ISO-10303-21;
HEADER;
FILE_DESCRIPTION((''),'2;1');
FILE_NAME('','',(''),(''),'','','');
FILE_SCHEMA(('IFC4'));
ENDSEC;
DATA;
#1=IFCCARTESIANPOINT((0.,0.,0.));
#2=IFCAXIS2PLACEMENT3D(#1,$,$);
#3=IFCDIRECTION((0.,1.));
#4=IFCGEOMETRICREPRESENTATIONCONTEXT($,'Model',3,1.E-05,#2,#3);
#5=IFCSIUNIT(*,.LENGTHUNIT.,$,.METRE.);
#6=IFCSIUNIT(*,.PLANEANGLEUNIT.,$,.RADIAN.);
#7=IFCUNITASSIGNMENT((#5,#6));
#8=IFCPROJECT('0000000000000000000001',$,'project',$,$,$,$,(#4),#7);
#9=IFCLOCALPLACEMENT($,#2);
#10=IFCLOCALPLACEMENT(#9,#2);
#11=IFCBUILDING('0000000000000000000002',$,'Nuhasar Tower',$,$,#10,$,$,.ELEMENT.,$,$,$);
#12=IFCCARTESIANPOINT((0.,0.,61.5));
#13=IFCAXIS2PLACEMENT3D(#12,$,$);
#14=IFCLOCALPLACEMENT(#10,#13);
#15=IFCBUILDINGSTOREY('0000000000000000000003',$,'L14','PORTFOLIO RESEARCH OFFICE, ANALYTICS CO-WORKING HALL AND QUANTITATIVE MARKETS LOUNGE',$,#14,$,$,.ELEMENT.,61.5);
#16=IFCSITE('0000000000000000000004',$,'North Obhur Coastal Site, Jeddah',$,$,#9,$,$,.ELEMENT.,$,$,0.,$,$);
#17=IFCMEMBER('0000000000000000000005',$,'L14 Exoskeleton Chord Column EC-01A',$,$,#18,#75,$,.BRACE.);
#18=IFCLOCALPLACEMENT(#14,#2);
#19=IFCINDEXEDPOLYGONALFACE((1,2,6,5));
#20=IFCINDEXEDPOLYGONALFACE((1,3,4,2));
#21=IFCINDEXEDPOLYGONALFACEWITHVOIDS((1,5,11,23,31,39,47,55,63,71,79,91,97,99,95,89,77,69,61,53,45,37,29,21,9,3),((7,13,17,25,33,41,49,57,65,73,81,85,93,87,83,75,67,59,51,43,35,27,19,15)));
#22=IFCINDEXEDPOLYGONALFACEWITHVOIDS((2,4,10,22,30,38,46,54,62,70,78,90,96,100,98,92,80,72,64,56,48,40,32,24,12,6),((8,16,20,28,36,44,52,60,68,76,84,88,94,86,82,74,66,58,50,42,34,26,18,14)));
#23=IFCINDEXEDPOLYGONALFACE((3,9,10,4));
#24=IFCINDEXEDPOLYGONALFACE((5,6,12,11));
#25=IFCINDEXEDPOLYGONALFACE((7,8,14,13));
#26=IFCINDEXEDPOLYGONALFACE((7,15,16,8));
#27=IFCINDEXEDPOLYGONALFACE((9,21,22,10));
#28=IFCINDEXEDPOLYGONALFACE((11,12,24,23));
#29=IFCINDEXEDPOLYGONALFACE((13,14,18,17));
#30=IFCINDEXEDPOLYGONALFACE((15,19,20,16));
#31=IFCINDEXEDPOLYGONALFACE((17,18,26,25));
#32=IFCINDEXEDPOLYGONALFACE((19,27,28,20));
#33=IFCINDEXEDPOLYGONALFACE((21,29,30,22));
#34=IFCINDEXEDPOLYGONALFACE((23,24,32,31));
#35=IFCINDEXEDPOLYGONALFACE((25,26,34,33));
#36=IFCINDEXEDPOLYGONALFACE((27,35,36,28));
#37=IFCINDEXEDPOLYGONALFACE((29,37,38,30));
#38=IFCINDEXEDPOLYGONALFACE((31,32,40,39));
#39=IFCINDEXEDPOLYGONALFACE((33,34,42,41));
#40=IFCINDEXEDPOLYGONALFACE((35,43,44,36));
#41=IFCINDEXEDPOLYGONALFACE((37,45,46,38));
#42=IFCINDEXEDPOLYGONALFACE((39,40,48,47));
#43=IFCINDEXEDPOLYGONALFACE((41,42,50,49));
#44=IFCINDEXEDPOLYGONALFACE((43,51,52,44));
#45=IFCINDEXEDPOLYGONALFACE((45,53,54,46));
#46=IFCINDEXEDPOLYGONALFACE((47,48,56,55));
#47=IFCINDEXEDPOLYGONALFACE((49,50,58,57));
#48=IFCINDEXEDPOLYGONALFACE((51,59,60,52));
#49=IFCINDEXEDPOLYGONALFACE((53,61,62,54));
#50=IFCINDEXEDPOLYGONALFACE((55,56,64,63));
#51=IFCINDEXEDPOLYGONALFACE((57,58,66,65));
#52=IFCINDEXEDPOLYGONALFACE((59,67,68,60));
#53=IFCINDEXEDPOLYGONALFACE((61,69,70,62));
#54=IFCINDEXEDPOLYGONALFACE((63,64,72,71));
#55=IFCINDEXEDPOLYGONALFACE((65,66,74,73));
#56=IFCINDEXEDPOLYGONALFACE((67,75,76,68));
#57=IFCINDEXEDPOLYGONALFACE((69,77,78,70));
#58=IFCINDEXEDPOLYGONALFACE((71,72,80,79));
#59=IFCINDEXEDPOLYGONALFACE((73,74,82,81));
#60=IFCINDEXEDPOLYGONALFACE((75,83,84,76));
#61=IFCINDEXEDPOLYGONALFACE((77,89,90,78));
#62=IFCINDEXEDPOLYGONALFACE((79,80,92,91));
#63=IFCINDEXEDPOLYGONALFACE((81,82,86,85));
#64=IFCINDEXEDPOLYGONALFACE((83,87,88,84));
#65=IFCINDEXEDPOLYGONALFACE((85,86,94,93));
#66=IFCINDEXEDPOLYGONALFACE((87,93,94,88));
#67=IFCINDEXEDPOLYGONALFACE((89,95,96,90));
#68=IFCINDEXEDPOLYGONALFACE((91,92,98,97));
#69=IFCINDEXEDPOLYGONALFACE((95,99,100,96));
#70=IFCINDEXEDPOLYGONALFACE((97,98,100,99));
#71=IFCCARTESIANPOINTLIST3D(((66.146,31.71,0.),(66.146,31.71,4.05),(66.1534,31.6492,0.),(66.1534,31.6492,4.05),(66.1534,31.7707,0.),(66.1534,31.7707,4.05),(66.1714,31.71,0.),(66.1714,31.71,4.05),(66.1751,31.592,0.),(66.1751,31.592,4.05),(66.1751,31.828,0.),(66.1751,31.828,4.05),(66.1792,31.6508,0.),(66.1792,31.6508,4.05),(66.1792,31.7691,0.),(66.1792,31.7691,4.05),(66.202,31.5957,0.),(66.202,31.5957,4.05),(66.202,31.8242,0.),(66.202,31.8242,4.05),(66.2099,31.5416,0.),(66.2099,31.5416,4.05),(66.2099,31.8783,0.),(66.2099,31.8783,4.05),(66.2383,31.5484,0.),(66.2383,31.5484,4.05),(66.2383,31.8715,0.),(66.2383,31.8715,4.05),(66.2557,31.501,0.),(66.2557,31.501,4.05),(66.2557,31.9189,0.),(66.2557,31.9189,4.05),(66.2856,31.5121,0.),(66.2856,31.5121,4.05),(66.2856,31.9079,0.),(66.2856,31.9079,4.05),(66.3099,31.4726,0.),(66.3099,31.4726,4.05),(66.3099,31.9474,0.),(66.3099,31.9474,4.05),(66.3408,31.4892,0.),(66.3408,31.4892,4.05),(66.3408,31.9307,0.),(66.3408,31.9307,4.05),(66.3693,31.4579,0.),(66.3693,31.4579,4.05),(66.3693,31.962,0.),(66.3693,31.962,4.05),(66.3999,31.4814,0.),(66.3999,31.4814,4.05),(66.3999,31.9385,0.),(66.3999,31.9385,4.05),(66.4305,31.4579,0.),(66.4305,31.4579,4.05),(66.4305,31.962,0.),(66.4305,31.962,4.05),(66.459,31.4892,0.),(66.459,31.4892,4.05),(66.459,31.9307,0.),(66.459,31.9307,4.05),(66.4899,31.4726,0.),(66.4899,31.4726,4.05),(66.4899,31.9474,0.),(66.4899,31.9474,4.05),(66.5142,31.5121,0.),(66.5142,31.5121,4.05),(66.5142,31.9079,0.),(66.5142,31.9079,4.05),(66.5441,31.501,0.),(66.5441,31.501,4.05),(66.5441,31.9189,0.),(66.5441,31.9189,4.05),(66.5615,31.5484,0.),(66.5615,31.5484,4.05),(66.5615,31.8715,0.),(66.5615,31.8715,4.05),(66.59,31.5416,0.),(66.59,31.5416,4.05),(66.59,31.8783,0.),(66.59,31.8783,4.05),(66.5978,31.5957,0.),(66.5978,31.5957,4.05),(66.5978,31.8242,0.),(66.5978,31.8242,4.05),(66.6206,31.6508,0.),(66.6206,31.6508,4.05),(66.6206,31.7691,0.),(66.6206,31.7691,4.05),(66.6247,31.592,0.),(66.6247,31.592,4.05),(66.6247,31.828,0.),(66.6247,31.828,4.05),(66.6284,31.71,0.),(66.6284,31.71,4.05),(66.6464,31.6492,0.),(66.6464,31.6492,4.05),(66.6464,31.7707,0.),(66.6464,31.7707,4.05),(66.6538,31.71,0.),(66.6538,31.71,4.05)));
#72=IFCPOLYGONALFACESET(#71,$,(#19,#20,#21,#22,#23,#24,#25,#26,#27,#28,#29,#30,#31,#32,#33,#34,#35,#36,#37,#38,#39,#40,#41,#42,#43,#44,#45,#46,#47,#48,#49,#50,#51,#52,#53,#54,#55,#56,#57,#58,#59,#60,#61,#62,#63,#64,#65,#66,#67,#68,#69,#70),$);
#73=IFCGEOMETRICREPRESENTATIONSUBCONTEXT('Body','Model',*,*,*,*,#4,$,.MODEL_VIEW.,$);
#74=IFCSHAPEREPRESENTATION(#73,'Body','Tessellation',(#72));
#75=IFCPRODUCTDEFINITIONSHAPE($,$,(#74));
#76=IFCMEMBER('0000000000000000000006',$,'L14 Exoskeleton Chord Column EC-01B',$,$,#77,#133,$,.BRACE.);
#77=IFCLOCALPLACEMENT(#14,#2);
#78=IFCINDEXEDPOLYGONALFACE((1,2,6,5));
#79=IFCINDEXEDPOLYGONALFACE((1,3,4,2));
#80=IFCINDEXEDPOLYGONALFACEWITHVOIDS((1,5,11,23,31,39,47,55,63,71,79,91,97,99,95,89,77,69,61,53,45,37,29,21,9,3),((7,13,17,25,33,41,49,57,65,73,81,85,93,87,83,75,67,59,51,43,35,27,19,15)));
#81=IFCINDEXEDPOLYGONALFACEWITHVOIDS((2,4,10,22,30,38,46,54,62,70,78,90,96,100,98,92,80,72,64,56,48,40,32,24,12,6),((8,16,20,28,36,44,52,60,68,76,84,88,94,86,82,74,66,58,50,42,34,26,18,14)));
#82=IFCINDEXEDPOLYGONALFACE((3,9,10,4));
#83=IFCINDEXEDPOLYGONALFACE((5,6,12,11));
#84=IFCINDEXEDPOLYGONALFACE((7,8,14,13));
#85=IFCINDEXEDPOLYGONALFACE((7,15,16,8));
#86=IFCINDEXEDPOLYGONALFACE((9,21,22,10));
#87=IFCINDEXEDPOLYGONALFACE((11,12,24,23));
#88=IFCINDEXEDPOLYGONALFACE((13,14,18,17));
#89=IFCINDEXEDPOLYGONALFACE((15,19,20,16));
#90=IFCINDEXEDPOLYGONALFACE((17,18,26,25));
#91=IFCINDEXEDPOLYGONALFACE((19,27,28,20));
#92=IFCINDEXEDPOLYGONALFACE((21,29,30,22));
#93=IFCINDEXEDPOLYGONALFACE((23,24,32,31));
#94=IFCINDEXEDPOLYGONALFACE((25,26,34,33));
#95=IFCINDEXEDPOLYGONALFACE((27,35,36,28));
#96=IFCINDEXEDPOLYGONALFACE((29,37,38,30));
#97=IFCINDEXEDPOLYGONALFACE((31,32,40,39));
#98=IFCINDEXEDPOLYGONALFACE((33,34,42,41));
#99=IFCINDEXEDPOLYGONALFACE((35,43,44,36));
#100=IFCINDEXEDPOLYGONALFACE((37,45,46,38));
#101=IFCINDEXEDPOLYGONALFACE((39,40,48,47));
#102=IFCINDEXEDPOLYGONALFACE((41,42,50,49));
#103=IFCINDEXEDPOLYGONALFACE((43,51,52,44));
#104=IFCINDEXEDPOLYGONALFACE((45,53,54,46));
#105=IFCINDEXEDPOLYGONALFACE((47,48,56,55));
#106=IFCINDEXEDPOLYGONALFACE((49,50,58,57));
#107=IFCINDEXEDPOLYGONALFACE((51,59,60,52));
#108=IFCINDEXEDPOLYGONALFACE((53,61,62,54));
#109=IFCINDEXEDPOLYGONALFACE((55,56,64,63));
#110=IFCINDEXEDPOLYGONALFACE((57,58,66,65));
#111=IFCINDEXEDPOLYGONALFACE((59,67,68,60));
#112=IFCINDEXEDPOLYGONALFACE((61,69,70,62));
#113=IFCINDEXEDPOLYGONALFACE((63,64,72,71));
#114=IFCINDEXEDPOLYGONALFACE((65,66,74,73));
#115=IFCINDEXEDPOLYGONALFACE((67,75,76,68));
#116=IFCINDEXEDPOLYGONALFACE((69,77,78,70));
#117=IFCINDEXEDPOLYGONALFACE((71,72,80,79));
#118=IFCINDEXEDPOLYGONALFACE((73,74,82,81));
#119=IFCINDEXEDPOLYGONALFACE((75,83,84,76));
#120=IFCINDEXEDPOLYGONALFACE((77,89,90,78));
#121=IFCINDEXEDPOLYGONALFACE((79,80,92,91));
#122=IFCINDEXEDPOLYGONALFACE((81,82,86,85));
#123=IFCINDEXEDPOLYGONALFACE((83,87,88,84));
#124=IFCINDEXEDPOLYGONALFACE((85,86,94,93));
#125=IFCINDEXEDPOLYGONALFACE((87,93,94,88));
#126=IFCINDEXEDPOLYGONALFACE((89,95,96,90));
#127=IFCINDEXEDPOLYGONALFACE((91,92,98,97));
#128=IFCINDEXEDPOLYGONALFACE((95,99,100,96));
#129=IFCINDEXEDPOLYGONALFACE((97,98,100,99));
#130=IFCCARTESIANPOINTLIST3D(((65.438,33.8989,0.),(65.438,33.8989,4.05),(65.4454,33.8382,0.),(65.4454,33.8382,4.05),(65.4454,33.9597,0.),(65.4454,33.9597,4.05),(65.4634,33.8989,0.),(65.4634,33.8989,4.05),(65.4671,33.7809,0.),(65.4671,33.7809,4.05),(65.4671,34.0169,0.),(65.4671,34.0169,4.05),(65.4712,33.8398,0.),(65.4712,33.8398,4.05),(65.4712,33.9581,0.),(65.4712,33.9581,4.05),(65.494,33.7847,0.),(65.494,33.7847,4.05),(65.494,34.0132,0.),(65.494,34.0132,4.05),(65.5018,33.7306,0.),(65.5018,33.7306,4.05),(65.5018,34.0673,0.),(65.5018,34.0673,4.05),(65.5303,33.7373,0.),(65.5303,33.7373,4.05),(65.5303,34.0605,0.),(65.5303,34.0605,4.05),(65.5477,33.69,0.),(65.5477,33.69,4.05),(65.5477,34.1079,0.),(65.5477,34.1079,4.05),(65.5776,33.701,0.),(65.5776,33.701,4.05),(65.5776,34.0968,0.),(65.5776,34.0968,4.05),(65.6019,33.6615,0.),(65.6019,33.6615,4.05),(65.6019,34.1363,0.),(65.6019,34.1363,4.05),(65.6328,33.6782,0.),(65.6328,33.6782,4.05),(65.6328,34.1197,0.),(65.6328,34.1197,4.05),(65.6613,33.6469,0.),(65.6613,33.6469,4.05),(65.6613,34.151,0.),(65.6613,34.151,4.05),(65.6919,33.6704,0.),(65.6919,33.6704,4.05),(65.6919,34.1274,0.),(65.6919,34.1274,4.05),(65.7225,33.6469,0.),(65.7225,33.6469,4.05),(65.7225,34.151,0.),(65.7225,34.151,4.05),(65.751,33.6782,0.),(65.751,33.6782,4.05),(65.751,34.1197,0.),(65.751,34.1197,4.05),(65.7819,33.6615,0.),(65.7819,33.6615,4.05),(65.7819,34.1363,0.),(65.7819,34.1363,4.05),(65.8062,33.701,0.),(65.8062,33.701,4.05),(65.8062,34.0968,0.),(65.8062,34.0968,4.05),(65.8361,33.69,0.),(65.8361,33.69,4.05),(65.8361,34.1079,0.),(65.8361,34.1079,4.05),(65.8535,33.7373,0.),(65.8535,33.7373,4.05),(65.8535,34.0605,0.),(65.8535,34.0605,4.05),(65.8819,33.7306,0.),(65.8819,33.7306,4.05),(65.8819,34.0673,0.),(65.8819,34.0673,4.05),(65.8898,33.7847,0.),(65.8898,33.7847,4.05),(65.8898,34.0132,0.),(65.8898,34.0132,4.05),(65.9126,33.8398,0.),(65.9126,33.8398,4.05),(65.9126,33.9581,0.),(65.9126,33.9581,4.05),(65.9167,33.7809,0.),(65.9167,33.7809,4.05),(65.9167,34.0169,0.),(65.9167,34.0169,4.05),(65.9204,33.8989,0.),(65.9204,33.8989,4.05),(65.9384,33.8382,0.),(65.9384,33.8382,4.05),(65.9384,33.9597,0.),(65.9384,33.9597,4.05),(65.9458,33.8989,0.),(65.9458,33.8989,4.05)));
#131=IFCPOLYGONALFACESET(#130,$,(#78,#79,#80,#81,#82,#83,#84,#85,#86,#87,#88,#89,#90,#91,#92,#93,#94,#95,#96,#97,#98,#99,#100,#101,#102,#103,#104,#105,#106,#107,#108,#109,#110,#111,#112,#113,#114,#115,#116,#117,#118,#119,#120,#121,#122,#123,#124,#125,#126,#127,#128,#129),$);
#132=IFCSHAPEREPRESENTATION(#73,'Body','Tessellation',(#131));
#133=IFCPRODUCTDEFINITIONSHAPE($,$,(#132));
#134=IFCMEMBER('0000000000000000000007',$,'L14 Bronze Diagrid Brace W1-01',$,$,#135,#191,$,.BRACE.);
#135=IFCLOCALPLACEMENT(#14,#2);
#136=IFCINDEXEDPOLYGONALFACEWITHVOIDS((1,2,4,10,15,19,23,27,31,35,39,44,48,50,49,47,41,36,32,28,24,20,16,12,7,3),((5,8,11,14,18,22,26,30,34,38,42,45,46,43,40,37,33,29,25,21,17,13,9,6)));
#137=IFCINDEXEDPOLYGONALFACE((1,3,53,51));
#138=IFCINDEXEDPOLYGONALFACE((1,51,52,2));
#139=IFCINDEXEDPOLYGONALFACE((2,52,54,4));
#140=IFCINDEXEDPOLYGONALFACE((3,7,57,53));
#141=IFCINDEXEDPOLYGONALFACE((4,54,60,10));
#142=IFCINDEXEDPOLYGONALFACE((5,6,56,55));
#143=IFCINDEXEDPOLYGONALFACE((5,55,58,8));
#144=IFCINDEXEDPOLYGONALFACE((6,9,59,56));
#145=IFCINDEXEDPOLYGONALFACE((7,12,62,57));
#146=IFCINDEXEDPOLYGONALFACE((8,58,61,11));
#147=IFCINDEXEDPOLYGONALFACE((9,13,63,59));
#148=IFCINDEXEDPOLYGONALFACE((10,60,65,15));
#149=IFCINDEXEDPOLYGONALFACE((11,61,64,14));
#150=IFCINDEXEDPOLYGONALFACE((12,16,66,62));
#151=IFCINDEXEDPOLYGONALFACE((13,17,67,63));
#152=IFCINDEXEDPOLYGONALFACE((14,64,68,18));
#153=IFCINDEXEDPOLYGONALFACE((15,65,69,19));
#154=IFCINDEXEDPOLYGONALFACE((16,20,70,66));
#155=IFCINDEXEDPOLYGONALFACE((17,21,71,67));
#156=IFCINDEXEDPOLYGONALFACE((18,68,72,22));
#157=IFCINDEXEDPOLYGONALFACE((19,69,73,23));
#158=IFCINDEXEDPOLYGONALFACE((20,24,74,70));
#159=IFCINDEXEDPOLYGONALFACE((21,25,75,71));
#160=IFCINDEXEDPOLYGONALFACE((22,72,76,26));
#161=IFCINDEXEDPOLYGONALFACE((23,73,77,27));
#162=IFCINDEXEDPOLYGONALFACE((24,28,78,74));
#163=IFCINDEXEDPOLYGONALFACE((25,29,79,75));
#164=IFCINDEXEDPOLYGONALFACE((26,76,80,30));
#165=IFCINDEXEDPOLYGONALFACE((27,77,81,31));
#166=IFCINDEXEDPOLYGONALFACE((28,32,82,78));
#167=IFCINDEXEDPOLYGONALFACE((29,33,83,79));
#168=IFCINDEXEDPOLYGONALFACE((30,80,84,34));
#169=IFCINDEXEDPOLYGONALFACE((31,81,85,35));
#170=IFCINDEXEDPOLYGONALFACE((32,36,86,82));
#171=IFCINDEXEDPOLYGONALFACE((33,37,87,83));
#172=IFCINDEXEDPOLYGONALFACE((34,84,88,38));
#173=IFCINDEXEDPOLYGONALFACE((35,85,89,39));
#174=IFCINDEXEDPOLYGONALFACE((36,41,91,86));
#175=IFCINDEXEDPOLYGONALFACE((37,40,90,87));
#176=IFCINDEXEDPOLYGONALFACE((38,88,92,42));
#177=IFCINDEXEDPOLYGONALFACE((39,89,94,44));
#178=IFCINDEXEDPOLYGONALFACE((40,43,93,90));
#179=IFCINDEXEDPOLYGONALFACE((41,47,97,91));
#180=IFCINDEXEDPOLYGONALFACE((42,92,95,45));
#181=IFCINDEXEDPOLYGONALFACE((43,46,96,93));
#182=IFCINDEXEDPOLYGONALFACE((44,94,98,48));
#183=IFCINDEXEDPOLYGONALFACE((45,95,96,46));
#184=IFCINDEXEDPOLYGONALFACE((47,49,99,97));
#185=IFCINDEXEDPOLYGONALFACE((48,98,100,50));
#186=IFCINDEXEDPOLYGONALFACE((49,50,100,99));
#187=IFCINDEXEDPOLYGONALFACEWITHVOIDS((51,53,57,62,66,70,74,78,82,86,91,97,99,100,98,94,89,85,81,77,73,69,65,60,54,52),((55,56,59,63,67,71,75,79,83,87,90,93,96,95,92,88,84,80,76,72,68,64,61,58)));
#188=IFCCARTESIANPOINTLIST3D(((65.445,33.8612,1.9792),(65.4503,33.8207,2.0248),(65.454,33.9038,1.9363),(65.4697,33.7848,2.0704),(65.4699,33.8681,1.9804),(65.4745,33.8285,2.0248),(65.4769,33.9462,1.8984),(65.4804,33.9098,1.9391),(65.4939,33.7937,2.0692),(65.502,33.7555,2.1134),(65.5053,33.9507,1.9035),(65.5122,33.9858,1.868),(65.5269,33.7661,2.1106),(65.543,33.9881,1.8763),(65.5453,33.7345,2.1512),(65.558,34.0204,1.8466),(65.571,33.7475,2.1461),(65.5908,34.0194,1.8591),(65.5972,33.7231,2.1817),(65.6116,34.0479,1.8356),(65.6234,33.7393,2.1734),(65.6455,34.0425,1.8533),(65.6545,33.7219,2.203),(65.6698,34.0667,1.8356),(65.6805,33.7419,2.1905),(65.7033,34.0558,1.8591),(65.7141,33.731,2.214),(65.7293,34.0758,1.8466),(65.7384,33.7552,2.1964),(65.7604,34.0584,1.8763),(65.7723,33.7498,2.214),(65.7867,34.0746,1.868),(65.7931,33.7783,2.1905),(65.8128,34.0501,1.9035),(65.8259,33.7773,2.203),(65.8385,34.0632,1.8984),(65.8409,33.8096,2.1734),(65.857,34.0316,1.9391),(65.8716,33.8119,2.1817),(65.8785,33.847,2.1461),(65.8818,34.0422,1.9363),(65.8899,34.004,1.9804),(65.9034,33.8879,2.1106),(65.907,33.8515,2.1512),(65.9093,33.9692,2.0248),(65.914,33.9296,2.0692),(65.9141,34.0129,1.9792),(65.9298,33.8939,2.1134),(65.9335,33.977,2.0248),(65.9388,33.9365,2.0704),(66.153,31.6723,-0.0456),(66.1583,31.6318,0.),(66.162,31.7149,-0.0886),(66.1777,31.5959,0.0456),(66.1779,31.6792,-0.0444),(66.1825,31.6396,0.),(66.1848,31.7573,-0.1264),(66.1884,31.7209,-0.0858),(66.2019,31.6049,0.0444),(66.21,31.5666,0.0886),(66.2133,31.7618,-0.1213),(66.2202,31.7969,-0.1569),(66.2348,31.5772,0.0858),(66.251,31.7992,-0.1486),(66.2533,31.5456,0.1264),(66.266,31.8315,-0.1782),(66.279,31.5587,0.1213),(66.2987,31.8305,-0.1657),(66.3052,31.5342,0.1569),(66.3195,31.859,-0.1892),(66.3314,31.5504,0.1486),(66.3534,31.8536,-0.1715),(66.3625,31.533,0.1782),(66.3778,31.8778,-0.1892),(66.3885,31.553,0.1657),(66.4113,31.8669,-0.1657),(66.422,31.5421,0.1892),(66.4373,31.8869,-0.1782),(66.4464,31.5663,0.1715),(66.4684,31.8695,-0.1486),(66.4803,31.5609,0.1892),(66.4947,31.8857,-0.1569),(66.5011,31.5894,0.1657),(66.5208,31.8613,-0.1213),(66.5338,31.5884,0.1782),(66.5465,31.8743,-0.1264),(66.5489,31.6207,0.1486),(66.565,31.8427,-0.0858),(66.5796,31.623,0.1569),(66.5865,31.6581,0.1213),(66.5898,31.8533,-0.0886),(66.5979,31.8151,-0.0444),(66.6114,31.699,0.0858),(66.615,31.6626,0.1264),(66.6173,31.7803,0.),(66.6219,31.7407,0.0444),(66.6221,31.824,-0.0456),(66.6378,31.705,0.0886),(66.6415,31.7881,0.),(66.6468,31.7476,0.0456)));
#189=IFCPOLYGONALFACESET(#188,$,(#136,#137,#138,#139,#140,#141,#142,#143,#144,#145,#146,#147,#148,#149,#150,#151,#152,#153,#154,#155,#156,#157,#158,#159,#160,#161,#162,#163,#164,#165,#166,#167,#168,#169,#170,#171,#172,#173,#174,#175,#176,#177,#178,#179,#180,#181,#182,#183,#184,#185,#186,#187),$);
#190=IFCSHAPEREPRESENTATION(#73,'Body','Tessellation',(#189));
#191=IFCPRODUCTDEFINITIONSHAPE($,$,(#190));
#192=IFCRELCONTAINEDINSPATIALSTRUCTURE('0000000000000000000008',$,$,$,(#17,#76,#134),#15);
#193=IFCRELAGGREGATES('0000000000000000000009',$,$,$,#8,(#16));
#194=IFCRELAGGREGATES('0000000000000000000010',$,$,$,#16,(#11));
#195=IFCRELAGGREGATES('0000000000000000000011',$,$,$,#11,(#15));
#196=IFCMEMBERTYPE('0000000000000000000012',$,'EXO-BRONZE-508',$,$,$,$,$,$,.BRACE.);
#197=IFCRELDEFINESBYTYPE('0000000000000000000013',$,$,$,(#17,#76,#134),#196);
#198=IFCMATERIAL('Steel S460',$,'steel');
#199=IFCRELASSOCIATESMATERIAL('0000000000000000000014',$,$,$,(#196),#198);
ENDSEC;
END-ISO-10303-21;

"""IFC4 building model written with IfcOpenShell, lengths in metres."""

from ifc_helpers import new_model, si_unit, direction, frame, origin, origin_2d, place, context, subcontext, project, spatial, hollow_circle, extrude, material, material_profile, profile_set, type_object, element, save


model = new_model("IFC4")

# Units and contexts
model_context = context("Model", 3, precision=1e-05, world=origin(), true_north=direction((0.0, 1.0)))
body_context = subcontext(model_context, "Body", "Model", "MODEL_VIEW")
ifc_project = project(units=[si_unit("LENGTHUNIT", "METRE"), si_unit("PLANEANGLEUNIT", "RADIAN")], contexts=[model_context])

# Site, building, storey
site_placement = place(None, origin())
site = spatial("IfcSite", under=ifc_project, at=site_placement, Name="North Obhur Coastal Site, Jeddah", CompositionType="ELEMENT", RefElevation=0.0)
building_placement = place(site_placement, origin())
building = spatial("IfcBuilding", under=site, at=building_placement, Name="Nuhasar Tower", CompositionType="ELEMENT")
storey_placement = place(building_placement, frame((0.0, 0.0, 61.5)))
storey = spatial("IfcBuildingStorey", under=building, at=storey_placement, Name="L14", Description="PORTFOLIO RESEARCH OFFICE, ANALYTICS CO-WORKING HALL AND QUANTITATIVE MARKETS LOUNGE", CompositionType="ELEMENT", Elevation=61.5)

# Members
ifc_material_1 = material(Name="Steel S460", Category="steel")
ifc_material_profile_1 = material_profile(ifc_material_1, hollow_circle(Radius=0.2539, WallThickness=0.0254, at=origin_2d()), Name="HSS508X25.4")
ifc_profile_set_1 = profile_set([ifc_material_profile_1], Name="Steel S460")
member_type_1 = type_object("IfcMemberType", Name="EXO-BRONZE-508", PredefinedType="BRACE", material=ifc_profile_set_1)
for number, where, z_axis, x_axis, name in (
    (1, (66.3999, 31.71, 0.0), (0.0, 0.0, 1.0), (1.0, 0.0, 0.0), "L14 Exoskeleton Chord Column EC-01A"),
    (2, (65.6919, 33.8989, 0.0), (0.0, 0.0, 1.0), (1.0, 0.0, 0.0), "L14 Exoskeleton Chord Column EC-01B"),
):
    element("IfcMember", number, at=place(storey_placement, frame(where, z_axis=z_axis, x_axis=x_axis)), inside=storey, type_object=member_type_1, Name=name, PredefinedType="BRACE", context=body_context, shape_type="SweptSolid", body=[
        extrude(hollow_circle(Radius=0.2539, WallThickness=0.0254, at=origin_2d()), origin(), (0.0, 0.0, 1.0), 4.05),
    ])
member_1_placement = place(storey_placement, frame((66.3999, 31.71, 0.0), z_axis=(-0.231012, 0.714225, 0.660694), x_axis=(-0.951468, -0.307747, 0.0)))
element("IfcMember", 3, at=member_1_placement, inside=storey, type_object=member_type_1, Name="L14 Bronze Diagrid Brace W1-01", PredefinedType="BRACE", context=body_context, shape_type="SweptSolid", body=[
    extrude(hollow_circle(Radius=0.2539, WallThickness=0.0254, at=origin_2d()), origin(), (0.0, 0.0, 1.0), 3.0647),
])

save(model, "model.ifc")
